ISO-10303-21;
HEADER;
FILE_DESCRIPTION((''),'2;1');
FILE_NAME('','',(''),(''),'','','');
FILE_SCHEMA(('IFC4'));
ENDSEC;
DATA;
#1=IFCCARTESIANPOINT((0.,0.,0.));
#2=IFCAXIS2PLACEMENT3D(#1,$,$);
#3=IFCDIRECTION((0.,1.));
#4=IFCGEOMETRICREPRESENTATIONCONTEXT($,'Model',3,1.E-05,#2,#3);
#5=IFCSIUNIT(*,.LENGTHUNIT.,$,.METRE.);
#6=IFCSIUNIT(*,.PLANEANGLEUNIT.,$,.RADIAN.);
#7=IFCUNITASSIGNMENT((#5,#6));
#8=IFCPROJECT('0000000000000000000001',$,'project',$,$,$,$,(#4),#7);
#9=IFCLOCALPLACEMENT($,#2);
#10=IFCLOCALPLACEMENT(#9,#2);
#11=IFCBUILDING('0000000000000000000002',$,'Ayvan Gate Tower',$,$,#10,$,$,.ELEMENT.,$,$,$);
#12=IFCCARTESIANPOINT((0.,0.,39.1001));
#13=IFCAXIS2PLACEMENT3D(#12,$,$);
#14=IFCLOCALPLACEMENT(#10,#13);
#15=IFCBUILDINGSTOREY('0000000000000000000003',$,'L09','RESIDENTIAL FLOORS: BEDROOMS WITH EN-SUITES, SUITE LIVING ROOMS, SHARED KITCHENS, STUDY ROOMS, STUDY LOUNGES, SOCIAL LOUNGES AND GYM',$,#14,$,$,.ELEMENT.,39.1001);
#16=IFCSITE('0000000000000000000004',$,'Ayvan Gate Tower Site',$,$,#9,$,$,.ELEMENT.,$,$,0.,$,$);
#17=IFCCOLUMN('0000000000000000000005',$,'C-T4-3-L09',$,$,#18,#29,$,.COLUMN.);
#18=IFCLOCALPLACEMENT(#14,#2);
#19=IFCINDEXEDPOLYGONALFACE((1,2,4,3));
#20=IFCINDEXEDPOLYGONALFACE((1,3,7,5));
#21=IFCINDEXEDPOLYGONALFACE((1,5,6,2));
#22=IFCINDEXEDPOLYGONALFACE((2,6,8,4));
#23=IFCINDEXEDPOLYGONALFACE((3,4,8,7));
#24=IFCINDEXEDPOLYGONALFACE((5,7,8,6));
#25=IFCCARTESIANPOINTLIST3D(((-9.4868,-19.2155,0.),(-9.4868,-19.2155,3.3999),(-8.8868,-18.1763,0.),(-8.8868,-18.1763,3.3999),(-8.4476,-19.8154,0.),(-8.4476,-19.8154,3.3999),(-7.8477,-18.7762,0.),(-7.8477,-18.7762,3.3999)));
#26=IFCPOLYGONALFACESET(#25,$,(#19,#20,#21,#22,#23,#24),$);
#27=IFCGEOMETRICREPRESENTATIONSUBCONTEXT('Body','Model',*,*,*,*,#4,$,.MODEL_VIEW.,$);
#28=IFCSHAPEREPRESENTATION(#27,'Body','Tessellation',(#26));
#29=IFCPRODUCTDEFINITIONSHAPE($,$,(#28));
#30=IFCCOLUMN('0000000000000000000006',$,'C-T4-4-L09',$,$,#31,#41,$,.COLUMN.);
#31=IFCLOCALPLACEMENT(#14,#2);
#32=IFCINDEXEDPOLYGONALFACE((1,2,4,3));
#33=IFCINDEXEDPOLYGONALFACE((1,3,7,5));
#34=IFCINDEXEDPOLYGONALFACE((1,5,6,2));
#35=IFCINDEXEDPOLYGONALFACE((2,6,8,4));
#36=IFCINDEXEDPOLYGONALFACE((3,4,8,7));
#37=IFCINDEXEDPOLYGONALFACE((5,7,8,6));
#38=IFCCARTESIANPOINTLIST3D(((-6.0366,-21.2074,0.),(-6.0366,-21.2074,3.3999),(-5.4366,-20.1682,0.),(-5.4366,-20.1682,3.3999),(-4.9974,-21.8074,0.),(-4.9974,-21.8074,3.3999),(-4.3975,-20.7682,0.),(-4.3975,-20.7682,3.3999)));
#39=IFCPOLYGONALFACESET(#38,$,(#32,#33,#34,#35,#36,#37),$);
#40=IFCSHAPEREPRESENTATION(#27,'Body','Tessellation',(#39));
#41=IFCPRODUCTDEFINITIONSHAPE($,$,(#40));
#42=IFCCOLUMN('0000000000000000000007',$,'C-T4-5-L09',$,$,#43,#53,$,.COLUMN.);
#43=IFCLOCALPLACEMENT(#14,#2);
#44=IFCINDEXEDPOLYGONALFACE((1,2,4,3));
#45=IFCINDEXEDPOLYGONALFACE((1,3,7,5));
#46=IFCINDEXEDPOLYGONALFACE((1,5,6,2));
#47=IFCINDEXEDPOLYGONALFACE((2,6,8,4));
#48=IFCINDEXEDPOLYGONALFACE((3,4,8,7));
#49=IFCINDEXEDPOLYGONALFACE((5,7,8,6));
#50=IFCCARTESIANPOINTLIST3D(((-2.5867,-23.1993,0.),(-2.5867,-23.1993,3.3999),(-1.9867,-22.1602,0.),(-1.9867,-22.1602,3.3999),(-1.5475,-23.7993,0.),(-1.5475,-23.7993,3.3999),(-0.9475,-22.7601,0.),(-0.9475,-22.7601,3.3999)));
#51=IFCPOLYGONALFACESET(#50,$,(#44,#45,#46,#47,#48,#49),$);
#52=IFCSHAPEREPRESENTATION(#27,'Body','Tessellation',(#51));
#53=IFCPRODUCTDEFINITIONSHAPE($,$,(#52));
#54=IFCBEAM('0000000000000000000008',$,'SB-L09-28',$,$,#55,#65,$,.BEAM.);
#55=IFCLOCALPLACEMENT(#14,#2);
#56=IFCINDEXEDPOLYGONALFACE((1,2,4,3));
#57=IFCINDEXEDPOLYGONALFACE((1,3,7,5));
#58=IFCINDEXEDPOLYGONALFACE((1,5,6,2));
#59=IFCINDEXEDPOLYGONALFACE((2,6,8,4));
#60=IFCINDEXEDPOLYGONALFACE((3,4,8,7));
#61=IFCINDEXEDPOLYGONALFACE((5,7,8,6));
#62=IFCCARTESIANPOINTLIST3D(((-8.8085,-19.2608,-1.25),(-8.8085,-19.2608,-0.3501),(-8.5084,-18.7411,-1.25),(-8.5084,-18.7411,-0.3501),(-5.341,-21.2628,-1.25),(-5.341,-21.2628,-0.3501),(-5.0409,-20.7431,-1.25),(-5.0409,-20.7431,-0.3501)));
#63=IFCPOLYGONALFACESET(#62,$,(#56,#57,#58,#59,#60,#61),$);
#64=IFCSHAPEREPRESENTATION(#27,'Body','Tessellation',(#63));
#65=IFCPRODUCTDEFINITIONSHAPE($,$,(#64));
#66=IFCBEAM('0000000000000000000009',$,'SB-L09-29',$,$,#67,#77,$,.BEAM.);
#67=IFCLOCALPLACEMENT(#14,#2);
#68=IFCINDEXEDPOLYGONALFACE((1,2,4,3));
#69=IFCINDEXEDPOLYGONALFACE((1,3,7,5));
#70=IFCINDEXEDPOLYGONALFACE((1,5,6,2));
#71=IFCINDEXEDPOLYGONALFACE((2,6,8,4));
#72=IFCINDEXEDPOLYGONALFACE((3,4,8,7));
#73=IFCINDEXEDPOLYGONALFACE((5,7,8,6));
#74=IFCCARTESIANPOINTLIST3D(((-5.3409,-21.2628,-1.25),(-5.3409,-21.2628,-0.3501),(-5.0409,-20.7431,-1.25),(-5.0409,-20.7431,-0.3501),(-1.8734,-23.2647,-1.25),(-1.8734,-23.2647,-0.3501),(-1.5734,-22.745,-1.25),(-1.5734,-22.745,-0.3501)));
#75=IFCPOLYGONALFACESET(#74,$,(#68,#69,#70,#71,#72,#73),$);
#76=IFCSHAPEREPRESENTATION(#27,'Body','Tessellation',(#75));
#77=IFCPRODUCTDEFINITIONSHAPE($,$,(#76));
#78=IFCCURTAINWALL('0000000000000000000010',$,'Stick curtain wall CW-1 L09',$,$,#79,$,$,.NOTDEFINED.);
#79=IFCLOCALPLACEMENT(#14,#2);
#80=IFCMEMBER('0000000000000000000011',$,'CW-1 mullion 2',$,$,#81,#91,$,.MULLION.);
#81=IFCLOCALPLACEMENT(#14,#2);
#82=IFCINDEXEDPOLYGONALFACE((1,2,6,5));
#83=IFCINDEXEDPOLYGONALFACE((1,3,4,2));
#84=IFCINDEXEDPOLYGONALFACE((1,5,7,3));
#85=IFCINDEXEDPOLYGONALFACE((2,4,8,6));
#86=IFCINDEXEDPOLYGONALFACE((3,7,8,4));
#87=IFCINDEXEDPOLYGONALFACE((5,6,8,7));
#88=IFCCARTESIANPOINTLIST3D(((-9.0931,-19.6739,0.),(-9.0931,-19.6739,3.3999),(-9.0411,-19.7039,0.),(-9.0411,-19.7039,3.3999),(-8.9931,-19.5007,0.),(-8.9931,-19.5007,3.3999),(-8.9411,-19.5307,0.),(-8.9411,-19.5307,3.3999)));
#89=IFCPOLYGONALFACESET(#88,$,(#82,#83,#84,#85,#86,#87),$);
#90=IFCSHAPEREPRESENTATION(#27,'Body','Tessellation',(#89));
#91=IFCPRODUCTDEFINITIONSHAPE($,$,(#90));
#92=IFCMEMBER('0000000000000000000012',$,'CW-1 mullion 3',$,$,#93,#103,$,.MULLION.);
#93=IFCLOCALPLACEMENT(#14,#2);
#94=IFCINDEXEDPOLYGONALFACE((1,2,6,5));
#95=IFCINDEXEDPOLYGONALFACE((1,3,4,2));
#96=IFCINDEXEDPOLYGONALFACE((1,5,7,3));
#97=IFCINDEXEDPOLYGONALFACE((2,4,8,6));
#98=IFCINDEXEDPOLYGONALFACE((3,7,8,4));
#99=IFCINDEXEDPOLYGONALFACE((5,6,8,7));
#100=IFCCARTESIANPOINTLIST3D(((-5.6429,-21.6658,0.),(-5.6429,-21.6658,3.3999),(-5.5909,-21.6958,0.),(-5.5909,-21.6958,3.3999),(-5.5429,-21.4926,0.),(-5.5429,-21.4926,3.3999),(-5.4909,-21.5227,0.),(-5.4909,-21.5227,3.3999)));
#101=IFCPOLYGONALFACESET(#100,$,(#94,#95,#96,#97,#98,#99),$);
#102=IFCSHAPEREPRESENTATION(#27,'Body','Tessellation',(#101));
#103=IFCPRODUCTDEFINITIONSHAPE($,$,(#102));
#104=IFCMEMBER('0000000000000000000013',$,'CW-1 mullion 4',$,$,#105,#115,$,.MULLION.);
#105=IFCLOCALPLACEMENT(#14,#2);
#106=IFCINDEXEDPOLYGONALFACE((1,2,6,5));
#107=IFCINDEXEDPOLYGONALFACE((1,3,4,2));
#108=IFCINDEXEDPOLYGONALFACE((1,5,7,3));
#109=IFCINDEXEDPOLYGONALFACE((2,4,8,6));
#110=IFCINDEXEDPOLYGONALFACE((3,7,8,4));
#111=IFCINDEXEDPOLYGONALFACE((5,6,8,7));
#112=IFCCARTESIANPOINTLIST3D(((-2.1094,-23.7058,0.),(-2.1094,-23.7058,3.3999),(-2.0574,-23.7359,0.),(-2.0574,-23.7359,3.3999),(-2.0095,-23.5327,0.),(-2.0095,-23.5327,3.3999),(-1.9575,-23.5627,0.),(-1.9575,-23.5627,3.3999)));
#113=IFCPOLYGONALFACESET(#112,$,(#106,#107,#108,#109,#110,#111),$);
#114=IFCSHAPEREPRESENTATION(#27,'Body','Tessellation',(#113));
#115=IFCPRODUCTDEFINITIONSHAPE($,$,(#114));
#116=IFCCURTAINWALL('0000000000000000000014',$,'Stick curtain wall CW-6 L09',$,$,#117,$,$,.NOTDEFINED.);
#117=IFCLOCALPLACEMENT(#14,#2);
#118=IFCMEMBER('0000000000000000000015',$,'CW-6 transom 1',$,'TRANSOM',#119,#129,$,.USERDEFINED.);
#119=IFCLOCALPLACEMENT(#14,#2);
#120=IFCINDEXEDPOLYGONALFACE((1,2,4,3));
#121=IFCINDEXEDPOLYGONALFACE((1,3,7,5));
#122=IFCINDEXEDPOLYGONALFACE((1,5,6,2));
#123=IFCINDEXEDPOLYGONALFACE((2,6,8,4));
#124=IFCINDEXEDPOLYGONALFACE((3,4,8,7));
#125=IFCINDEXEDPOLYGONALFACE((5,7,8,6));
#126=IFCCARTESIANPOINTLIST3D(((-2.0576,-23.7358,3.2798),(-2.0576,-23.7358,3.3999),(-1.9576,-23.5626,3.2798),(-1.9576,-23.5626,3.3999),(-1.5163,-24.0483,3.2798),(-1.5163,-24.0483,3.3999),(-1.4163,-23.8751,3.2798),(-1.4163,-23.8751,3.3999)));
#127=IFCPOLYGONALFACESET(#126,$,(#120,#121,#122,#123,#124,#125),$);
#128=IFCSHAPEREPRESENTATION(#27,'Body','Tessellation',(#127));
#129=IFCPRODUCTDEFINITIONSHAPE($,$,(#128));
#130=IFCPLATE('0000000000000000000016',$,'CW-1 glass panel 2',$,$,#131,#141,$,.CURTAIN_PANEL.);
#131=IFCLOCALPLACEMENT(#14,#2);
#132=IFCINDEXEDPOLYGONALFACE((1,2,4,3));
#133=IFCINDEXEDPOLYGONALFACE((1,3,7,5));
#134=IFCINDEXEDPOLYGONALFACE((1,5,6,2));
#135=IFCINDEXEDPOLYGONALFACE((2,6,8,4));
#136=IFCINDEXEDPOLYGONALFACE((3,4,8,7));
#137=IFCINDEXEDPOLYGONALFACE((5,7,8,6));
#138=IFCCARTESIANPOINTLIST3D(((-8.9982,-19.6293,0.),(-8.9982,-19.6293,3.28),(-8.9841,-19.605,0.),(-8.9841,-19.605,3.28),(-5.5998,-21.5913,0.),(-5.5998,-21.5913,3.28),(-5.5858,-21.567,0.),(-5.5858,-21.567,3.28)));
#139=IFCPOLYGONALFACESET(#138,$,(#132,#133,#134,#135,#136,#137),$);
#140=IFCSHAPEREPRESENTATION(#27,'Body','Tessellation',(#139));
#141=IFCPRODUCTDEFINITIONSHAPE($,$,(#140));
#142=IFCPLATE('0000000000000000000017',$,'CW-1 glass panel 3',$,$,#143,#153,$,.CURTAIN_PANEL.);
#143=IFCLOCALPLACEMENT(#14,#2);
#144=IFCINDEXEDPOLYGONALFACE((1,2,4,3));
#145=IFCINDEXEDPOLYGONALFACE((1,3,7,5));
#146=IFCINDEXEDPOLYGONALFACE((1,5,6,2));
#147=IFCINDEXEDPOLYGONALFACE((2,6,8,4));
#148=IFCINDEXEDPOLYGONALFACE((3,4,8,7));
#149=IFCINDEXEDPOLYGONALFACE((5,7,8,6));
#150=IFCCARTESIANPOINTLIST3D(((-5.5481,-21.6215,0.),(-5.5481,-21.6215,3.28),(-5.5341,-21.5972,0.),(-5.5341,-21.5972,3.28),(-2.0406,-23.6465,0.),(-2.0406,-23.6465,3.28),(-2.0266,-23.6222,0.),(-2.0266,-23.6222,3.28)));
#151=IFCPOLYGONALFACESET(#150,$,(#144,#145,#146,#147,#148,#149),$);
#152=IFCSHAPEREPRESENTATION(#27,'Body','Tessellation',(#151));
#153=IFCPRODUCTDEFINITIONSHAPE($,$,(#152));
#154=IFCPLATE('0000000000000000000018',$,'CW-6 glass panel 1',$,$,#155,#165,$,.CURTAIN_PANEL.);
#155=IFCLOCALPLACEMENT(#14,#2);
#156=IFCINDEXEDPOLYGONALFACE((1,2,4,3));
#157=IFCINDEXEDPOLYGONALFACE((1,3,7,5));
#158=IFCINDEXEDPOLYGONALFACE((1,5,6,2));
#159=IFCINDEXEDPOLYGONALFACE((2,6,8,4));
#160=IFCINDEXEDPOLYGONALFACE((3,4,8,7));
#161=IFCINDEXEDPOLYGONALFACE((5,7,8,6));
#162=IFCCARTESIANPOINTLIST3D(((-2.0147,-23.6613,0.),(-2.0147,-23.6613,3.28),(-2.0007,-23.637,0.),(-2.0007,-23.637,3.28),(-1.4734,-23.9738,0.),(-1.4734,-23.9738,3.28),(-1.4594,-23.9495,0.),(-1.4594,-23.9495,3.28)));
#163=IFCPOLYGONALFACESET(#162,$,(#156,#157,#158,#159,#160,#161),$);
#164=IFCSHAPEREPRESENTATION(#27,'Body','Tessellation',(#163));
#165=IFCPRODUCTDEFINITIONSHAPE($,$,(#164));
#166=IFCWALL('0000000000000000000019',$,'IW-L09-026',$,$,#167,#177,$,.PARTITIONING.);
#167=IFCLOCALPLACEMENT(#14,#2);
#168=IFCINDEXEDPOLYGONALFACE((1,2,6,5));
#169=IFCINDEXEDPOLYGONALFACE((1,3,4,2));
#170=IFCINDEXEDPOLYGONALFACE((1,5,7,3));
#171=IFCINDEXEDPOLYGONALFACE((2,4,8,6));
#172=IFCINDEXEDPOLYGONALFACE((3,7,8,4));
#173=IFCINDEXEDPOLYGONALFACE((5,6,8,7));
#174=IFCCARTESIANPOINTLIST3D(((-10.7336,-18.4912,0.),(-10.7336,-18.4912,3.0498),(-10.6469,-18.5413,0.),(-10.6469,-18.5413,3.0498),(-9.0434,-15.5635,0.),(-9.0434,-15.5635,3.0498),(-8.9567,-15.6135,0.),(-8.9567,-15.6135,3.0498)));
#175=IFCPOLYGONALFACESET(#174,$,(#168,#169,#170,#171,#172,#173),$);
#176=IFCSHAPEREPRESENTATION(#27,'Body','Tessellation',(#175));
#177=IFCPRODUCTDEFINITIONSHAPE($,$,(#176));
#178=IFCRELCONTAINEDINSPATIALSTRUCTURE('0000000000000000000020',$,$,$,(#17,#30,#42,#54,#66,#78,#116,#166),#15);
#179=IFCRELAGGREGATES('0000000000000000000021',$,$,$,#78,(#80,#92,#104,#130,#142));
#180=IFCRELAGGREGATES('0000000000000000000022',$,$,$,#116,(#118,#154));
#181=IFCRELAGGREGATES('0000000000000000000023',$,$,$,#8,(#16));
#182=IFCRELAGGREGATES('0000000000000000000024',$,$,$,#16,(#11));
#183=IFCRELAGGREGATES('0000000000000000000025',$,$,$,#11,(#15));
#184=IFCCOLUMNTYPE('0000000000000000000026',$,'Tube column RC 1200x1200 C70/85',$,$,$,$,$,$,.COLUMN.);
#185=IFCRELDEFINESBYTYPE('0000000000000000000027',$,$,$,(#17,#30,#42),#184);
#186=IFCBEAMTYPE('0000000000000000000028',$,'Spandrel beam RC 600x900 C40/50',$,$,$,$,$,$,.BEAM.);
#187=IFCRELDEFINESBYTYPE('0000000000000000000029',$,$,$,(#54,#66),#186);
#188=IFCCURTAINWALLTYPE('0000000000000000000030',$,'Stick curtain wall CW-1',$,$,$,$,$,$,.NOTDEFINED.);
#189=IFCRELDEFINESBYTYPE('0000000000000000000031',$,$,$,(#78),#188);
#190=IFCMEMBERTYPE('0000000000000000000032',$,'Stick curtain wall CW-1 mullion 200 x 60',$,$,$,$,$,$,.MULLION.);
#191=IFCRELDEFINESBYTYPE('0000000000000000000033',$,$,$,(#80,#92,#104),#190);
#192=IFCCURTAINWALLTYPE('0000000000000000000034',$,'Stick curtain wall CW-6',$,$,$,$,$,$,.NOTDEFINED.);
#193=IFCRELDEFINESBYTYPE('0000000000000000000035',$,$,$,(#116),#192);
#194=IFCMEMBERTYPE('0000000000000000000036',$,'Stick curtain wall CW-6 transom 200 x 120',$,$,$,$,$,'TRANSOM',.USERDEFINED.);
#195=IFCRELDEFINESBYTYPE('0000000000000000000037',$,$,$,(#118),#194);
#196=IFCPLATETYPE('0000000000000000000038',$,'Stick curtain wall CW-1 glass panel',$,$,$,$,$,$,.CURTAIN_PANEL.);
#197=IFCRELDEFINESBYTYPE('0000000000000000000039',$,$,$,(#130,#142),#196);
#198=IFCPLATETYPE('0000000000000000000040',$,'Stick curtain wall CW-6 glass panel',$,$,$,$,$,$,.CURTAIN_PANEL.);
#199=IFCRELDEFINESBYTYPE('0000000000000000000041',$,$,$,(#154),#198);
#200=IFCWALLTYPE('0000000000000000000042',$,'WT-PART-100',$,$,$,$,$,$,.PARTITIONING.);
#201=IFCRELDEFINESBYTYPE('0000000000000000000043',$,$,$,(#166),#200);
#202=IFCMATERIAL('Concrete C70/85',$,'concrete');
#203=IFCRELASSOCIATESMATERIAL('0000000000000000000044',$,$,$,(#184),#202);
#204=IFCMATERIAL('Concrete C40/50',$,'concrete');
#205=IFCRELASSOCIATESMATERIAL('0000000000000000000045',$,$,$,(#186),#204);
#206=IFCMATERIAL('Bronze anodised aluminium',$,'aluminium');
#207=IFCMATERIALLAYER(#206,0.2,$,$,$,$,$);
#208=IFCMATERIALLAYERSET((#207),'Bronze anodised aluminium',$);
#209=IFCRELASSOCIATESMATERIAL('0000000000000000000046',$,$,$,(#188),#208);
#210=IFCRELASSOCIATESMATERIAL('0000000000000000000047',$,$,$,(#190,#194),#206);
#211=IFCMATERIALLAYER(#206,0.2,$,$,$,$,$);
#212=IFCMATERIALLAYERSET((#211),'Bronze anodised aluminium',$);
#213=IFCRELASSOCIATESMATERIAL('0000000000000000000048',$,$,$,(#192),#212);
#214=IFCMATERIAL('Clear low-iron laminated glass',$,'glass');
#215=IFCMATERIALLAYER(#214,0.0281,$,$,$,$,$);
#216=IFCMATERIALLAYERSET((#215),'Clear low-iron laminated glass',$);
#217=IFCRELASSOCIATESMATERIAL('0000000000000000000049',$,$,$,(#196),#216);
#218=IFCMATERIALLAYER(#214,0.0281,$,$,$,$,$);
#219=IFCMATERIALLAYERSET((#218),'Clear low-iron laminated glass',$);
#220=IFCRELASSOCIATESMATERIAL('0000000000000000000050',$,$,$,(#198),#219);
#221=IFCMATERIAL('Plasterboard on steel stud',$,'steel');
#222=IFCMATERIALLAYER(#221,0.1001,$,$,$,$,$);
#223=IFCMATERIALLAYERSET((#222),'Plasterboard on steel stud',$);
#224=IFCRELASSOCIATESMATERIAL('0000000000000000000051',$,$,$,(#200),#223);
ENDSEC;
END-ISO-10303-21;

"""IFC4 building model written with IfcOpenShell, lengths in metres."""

from ifc_helpers import new_model, si_unit, direction, frame, frame_2d, origin, origin_2d, place, context, subcontext, project, spatial, rectangle, extrude, material, layer, layer_set, material_profile, profile_set, type_object, element, aggregate, save


model = new_model("IFC4")

# Units and contexts
model_context = context("Model", 3, precision=1e-05, world=origin(), true_north=direction((0.0, 1.0)))
body_context = subcontext(model_context, "Body", "Model", "MODEL_VIEW")
ifc_project = project(units=[si_unit("LENGTHUNIT", "METRE"), si_unit("PLANEANGLEUNIT", "RADIAN")], contexts=[model_context])

# Site, building, storey
site_placement = place(None, origin())
site = spatial("IfcSite", under=ifc_project, at=site_placement, Name="Ayvan Gate Tower Site", CompositionType="ELEMENT", RefElevation=0.0)
building_placement = place(site_placement, origin())
building = spatial("IfcBuilding", under=site, at=building_placement, Name="Ayvan Gate Tower", CompositionType="ELEMENT")
storey_placement = place(building_placement, frame((0.0, 0.0, 39.1001)))
storey = spatial("IfcBuildingStorey", under=building, at=storey_placement, Name="L09", Description="RESIDENTIAL FLOORS: BEDROOMS WITH EN-SUITES, SUITE LIVING ROOMS, SHARED KITCHENS, STUDY ROOMS, STUDY LOUNGES, SOCIAL LOUNGES AND GYM", CompositionType="ELEMENT", Elevation=39.1001)

# Columns
ifc_material_1 = material(Name="Concrete C70/85", Category="concrete")
ifc_material_profile_1 = material_profile(ifc_material_1, rectangle(XDim=1.2, YDim=1.2, at=origin_2d()), Name="RC 1200x1200")
ifc_profile_set_1 = profile_set([ifc_material_profile_1], Name="Concrete C70/85")
column_type = type_object("IfcColumnType", Name="Tube column RC 1200x1200 C70/85", PredefinedType="COLUMN", material=ifc_profile_set_1)
for number, where, z_axis, x_axis, name in (
    (1, (-8.6672, -18.9958, 0.0), (0.0, 0.0, 1.0), (-0.5, -0.866025, 0.0), "C-T4-3-L09"),
    (2, (-5.217, -20.9878, 0.0), (0.0, 0.0, 1.0), (-0.5, -0.866025, 0.0), "C-T4-4-L09"),
    (3, (-1.7671, -22.9797, 0.0), (0.0, 0.0, 1.0), (-0.5, -0.866025, 0.0), "C-T4-5-L09"),
):
    element("IfcColumn", number, at=place(storey_placement, frame(where, z_axis=z_axis, x_axis=x_axis)), inside=storey, type_object=column_type, Name=name, PredefinedType="COLUMN", context=body_context, shape_type="SweptSolid", body=[
        extrude(rectangle(XDim=1.2, YDim=1.2, at=origin_2d()), origin(), (0.0, 0.0, 1.0), 3.3999),
    ])

# Beams
ifc_material_2 = material(Name="Concrete C40/50", Category="concrete")
ifc_material_profile_2 = material_profile(ifc_material_2, rectangle(XDim=0.6001, YDim=0.8999, at=origin_2d()), Name="RC 600x900")
ifc_profile_set_2 = profile_set([ifc_material_profile_2], Name="Concrete C40/50")
beam_type = type_object("IfcBeamType", Name="Spandrel beam RC 600x900 C40/50", PredefinedType="BEAM", material=ifc_profile_set_2)
for number, where, z_axis, x_axis, name in (
    (4, (-8.6584, -19.001, -0.8), (0.866028, -0.499995, 0.0), (0.499995, 0.866028, 0.0), "SB-L09-28"),
    (5, (-5.1909, -21.0029, -0.8), (0.866028, -0.499995, 0.0), (0.499995, 0.866028, 0.0), "SB-L09-29"),
):
    element("IfcBeam", number, at=place(storey_placement, frame(where, z_axis=z_axis, x_axis=x_axis)), inside=storey, type_object=beam_type, Name=name, PredefinedType="BEAM", context=body_context, shape_type="SweptSolid", body=[
        extrude(rectangle(XDim=0.6001, YDim=0.8999, at=origin_2d()), origin(), (0.0, 0.0, 1.0), 4.0039),
    ])

# Curtain wall, members
ifc_material_3 = material(Name="Bronze anodised aluminium", Category="aluminium")
ifc_layer_1 = layer(ifc_material_3, 0.2)
ifc_layer_set_1 = layer_set([ifc_layer_1], Name="Bronze anodised aluminium")
curtain_wall_type_1 = type_object("IfcCurtainWallType", Name="Stick curtain wall CW-1", PredefinedType="NOTDEFINED", material=ifc_layer_set_1)
curtain_wall_1_placement = place(storey_placement, origin())
curtain_wall_1 = element("IfcCurtainWall", 6, at=curtain_wall_1_placement, inside=storey, type_object=curtain_wall_type_1, Name="Stick curtain wall CW-1 L09", PredefinedType="NOTDEFINED")
ifc_material_profile_3 = material_profile(ifc_material_3, rectangle(XDim=0.2, YDim=0.0601, at=origin_2d()), Name="Stick curtain wall CW-1 mullion 200 x 60")
ifc_profile_set_3 = profile_set([ifc_material_profile_3], Name="Bronze anodised aluminium")
member_type_1 = type_object("IfcMemberType", Name="Stick curtain wall CW-1 mullion 200 x 60", PredefinedType="MULLION", material=ifc_profile_set_3)
member_1_placement = place(storey_placement, frame((-9.0171, -19.6023, 0.0), z_axis=(0.0, 0.0, 1.0), x_axis=(-0.5, -0.866025, 0.0)))
member_1 = element("IfcMember", 7, at=member_1_placement, type_object=member_type_1, Name="CW-1 mullion 2", PredefinedType="MULLION", context=body_context, shape_type="SweptSolid", body=[
    extrude(rectangle(XDim=0.2, YDim=0.0601, at=origin_2d()), origin(), (0.0, 0.0, 1.0), 3.3999),
])
member_2_placement = place(storey_placement, frame((-5.5669, -21.5942, 0.0), z_axis=(0.0, 0.0, 1.0), x_axis=(-0.5, -0.866025, 0.0)))
member_2 = element("IfcMember", 8, at=member_2_placement, type_object=member_type_1, Name="CW-1 mullion 3", PredefinedType="MULLION", context=body_context, shape_type="SweptSolid", body=[
    extrude(rectangle(XDim=0.2, YDim=0.0601, at=origin_2d()), origin(), (0.0, 0.0, 1.0), 3.3999),
])
member_3_placement = place(storey_placement, frame((-2.0334, -23.6343, 0.0), z_axis=(0.0, 0.0, 1.0), x_axis=(-0.5, -0.866025, 0.0)))
member_3 = element("IfcMember", 9, at=member_3_placement, type_object=member_type_1, Name="CW-1 mullion 4", PredefinedType="MULLION", context=body_context, shape_type="SweptSolid", body=[
    extrude(rectangle(XDim=0.2, YDim=0.0601, at=origin_2d()), origin(), (0.0, 0.0, 1.0), 3.3999),
])

# Curtain wall, member
ifc_layer_2 = layer(ifc_material_3, 0.2)
ifc_layer_set_2 = layer_set([ifc_layer_2], Name="Bronze anodised aluminium")
curtain_wall_type_2 = type_object("IfcCurtainWallType", Name="Stick curtain wall CW-6", PredefinedType="NOTDEFINED", material=ifc_layer_set_2)
curtain_wall_2_placement = place(storey_placement, origin())
curtain_wall_2 = element("IfcCurtainWall", 10, at=curtain_wall_2_placement, inside=storey, type_object=curtain_wall_type_2, Name="Stick curtain wall CW-6 L09", PredefinedType="NOTDEFINED")
ifc_material_profile_4 = material_profile(ifc_material_3, rectangle(XDim=0.2, YDim=0.1201, at=origin_2d()), Name="Stick curtain wall CW-6 transom 200 x 120")
ifc_profile_set_4 = profile_set([ifc_material_profile_4], Name="Bronze anodised aluminium")
member_type_2 = type_object("IfcMemberType", Name="Stick curtain wall CW-6 transom 200 x 120", ElementType="TRANSOM", PredefinedType="USERDEFINED", material=ifc_profile_set_4)
member_4_placement = place(storey_placement, frame((-2.0076, -23.6492, 3.3398), z_axis=(0.866023, -0.500004, 0.0), x_axis=(0.500004, 0.866023, 0.0)))
member_4 = element("IfcMember", 11, at=member_4_placement, type_object=member_type_2, Name="CW-6 transom 1", ObjectType="TRANSOM", PredefinedType="USERDEFINED", context=body_context, shape_type="SweptSolid", body=[
    extrude(rectangle(XDim=0.2, YDim=0.1201, at=origin_2d()), origin(), (0.0, 0.0, 1.0), 0.625),
])

# Plates
ifc_material_4 = material(Name="Clear low-iron laminated glass", Category="glass")
ifc_layer_3 = layer(ifc_material_4, 0.0281)
ifc_layer_set_3 = layer_set([ifc_layer_3], Name="Clear low-iron laminated glass")
plate_type_1 = type_object("IfcPlateType", Name="Stick curtain wall CW-1 glass panel", PredefinedType="CURTAIN_PANEL", material=ifc_layer_set_3)
plate_1_placement = place(storey_placement, frame((-7.292, -20.5981, 0.0), z_axis=(0.0, 0.0, 1.0), x_axis=(0.866025, -0.5, 0.0)))
plate_1 = element("IfcPlate", 12, at=plate_1_placement, type_object=plate_type_1, Name="CW-1 glass panel 2", PredefinedType="CURTAIN_PANEL", context=body_context, shape_type="SweptSolid", body=[
    extrude(rectangle(XDim=3.9241, YDim=0.0281, at=origin_2d()), origin(), (0.0, 0.0, 1.0), 3.28),
])
plate_2_placement = place(storey_placement, frame((-3.7874, -22.6218, 0.0), z_axis=(0.0, 0.0, 1.0), x_axis=(0.866025, -0.5, 0.0)))
plate_2 = element("IfcPlate", 13, at=plate_2_placement, type_object=plate_type_1, Name="CW-1 glass panel 3", PredefinedType="CURTAIN_PANEL", context=body_context, shape_type="SweptSolid", body=[
    extrude(rectangle(XDim=4.05, YDim=0.0281, at=origin_2d()), origin(), (0.0, 0.0, 1.0), 3.28),
])
aggregate(curtain_wall_1, [member_1, member_2, member_3, plate_1, plate_2])
ifc_layer_4 = layer(ifc_material_4, 0.0281)
ifc_layer_set_4 = layer_set([ifc_layer_4], Name="Clear low-iron laminated glass")
plate_type_2 = type_object("IfcPlateType", Name="Stick curtain wall CW-6 glass panel", PredefinedType="CURTAIN_PANEL", material=ifc_layer_set_4)
plate_3_placement = place(storey_placement, frame((-1.7371, -23.8054, 0.0), z_axis=(0.0, 0.0, 1.0), x_axis=(0.866025, -0.5, 0.0)))
plate_3 = element("IfcPlate", 14, at=plate_3_placement, type_object=plate_type_2, Name="CW-6 glass panel 1", PredefinedType="CURTAIN_PANEL", context=body_context, shape_type="SweptSolid", body=[
    extrude(rectangle(XDim=0.625, YDim=0.0281, at=origin_2d()), origin(), (0.0, 0.0, 1.0), 3.28),
])
aggregate(curtain_wall_2, [member_4, plate_3])

# Wall
ifc_material_5 = material(Name="Plasterboard on steel stud", Category="steel")
ifc_layer_5 = layer(ifc_material_5, 0.1001)
ifc_layer_set_5 = layer_set([ifc_layer_5], Name="Plasterboard on steel stud")
wall_type_1 = type_object("IfcWallType", Name="WT-PART-100", PredefinedType="PARTITIONING", material=ifc_layer_set_5)
wall_1_placement = place(storey_placement, frame((-9.0, -15.5884, 0.0), z_axis=(0.0, 0.0, 1.0), x_axis=(-0.499968, -0.866044, 0.0)))
element("IfcWall", 15, at=wall_1_placement, inside=storey, type_object=wall_type_1, Name="IW-L09-026", PredefinedType="PARTITIONING", context=body_context, shape_type="SweptSolid", body=[
    extrude(rectangle(XDim=3.3806, YDim=0.1001, at=frame_2d((1.6904, 0.0))), origin(), (0.0, 0.0, 1.0), 3.0498),
])

save(model, "model.ifc")
